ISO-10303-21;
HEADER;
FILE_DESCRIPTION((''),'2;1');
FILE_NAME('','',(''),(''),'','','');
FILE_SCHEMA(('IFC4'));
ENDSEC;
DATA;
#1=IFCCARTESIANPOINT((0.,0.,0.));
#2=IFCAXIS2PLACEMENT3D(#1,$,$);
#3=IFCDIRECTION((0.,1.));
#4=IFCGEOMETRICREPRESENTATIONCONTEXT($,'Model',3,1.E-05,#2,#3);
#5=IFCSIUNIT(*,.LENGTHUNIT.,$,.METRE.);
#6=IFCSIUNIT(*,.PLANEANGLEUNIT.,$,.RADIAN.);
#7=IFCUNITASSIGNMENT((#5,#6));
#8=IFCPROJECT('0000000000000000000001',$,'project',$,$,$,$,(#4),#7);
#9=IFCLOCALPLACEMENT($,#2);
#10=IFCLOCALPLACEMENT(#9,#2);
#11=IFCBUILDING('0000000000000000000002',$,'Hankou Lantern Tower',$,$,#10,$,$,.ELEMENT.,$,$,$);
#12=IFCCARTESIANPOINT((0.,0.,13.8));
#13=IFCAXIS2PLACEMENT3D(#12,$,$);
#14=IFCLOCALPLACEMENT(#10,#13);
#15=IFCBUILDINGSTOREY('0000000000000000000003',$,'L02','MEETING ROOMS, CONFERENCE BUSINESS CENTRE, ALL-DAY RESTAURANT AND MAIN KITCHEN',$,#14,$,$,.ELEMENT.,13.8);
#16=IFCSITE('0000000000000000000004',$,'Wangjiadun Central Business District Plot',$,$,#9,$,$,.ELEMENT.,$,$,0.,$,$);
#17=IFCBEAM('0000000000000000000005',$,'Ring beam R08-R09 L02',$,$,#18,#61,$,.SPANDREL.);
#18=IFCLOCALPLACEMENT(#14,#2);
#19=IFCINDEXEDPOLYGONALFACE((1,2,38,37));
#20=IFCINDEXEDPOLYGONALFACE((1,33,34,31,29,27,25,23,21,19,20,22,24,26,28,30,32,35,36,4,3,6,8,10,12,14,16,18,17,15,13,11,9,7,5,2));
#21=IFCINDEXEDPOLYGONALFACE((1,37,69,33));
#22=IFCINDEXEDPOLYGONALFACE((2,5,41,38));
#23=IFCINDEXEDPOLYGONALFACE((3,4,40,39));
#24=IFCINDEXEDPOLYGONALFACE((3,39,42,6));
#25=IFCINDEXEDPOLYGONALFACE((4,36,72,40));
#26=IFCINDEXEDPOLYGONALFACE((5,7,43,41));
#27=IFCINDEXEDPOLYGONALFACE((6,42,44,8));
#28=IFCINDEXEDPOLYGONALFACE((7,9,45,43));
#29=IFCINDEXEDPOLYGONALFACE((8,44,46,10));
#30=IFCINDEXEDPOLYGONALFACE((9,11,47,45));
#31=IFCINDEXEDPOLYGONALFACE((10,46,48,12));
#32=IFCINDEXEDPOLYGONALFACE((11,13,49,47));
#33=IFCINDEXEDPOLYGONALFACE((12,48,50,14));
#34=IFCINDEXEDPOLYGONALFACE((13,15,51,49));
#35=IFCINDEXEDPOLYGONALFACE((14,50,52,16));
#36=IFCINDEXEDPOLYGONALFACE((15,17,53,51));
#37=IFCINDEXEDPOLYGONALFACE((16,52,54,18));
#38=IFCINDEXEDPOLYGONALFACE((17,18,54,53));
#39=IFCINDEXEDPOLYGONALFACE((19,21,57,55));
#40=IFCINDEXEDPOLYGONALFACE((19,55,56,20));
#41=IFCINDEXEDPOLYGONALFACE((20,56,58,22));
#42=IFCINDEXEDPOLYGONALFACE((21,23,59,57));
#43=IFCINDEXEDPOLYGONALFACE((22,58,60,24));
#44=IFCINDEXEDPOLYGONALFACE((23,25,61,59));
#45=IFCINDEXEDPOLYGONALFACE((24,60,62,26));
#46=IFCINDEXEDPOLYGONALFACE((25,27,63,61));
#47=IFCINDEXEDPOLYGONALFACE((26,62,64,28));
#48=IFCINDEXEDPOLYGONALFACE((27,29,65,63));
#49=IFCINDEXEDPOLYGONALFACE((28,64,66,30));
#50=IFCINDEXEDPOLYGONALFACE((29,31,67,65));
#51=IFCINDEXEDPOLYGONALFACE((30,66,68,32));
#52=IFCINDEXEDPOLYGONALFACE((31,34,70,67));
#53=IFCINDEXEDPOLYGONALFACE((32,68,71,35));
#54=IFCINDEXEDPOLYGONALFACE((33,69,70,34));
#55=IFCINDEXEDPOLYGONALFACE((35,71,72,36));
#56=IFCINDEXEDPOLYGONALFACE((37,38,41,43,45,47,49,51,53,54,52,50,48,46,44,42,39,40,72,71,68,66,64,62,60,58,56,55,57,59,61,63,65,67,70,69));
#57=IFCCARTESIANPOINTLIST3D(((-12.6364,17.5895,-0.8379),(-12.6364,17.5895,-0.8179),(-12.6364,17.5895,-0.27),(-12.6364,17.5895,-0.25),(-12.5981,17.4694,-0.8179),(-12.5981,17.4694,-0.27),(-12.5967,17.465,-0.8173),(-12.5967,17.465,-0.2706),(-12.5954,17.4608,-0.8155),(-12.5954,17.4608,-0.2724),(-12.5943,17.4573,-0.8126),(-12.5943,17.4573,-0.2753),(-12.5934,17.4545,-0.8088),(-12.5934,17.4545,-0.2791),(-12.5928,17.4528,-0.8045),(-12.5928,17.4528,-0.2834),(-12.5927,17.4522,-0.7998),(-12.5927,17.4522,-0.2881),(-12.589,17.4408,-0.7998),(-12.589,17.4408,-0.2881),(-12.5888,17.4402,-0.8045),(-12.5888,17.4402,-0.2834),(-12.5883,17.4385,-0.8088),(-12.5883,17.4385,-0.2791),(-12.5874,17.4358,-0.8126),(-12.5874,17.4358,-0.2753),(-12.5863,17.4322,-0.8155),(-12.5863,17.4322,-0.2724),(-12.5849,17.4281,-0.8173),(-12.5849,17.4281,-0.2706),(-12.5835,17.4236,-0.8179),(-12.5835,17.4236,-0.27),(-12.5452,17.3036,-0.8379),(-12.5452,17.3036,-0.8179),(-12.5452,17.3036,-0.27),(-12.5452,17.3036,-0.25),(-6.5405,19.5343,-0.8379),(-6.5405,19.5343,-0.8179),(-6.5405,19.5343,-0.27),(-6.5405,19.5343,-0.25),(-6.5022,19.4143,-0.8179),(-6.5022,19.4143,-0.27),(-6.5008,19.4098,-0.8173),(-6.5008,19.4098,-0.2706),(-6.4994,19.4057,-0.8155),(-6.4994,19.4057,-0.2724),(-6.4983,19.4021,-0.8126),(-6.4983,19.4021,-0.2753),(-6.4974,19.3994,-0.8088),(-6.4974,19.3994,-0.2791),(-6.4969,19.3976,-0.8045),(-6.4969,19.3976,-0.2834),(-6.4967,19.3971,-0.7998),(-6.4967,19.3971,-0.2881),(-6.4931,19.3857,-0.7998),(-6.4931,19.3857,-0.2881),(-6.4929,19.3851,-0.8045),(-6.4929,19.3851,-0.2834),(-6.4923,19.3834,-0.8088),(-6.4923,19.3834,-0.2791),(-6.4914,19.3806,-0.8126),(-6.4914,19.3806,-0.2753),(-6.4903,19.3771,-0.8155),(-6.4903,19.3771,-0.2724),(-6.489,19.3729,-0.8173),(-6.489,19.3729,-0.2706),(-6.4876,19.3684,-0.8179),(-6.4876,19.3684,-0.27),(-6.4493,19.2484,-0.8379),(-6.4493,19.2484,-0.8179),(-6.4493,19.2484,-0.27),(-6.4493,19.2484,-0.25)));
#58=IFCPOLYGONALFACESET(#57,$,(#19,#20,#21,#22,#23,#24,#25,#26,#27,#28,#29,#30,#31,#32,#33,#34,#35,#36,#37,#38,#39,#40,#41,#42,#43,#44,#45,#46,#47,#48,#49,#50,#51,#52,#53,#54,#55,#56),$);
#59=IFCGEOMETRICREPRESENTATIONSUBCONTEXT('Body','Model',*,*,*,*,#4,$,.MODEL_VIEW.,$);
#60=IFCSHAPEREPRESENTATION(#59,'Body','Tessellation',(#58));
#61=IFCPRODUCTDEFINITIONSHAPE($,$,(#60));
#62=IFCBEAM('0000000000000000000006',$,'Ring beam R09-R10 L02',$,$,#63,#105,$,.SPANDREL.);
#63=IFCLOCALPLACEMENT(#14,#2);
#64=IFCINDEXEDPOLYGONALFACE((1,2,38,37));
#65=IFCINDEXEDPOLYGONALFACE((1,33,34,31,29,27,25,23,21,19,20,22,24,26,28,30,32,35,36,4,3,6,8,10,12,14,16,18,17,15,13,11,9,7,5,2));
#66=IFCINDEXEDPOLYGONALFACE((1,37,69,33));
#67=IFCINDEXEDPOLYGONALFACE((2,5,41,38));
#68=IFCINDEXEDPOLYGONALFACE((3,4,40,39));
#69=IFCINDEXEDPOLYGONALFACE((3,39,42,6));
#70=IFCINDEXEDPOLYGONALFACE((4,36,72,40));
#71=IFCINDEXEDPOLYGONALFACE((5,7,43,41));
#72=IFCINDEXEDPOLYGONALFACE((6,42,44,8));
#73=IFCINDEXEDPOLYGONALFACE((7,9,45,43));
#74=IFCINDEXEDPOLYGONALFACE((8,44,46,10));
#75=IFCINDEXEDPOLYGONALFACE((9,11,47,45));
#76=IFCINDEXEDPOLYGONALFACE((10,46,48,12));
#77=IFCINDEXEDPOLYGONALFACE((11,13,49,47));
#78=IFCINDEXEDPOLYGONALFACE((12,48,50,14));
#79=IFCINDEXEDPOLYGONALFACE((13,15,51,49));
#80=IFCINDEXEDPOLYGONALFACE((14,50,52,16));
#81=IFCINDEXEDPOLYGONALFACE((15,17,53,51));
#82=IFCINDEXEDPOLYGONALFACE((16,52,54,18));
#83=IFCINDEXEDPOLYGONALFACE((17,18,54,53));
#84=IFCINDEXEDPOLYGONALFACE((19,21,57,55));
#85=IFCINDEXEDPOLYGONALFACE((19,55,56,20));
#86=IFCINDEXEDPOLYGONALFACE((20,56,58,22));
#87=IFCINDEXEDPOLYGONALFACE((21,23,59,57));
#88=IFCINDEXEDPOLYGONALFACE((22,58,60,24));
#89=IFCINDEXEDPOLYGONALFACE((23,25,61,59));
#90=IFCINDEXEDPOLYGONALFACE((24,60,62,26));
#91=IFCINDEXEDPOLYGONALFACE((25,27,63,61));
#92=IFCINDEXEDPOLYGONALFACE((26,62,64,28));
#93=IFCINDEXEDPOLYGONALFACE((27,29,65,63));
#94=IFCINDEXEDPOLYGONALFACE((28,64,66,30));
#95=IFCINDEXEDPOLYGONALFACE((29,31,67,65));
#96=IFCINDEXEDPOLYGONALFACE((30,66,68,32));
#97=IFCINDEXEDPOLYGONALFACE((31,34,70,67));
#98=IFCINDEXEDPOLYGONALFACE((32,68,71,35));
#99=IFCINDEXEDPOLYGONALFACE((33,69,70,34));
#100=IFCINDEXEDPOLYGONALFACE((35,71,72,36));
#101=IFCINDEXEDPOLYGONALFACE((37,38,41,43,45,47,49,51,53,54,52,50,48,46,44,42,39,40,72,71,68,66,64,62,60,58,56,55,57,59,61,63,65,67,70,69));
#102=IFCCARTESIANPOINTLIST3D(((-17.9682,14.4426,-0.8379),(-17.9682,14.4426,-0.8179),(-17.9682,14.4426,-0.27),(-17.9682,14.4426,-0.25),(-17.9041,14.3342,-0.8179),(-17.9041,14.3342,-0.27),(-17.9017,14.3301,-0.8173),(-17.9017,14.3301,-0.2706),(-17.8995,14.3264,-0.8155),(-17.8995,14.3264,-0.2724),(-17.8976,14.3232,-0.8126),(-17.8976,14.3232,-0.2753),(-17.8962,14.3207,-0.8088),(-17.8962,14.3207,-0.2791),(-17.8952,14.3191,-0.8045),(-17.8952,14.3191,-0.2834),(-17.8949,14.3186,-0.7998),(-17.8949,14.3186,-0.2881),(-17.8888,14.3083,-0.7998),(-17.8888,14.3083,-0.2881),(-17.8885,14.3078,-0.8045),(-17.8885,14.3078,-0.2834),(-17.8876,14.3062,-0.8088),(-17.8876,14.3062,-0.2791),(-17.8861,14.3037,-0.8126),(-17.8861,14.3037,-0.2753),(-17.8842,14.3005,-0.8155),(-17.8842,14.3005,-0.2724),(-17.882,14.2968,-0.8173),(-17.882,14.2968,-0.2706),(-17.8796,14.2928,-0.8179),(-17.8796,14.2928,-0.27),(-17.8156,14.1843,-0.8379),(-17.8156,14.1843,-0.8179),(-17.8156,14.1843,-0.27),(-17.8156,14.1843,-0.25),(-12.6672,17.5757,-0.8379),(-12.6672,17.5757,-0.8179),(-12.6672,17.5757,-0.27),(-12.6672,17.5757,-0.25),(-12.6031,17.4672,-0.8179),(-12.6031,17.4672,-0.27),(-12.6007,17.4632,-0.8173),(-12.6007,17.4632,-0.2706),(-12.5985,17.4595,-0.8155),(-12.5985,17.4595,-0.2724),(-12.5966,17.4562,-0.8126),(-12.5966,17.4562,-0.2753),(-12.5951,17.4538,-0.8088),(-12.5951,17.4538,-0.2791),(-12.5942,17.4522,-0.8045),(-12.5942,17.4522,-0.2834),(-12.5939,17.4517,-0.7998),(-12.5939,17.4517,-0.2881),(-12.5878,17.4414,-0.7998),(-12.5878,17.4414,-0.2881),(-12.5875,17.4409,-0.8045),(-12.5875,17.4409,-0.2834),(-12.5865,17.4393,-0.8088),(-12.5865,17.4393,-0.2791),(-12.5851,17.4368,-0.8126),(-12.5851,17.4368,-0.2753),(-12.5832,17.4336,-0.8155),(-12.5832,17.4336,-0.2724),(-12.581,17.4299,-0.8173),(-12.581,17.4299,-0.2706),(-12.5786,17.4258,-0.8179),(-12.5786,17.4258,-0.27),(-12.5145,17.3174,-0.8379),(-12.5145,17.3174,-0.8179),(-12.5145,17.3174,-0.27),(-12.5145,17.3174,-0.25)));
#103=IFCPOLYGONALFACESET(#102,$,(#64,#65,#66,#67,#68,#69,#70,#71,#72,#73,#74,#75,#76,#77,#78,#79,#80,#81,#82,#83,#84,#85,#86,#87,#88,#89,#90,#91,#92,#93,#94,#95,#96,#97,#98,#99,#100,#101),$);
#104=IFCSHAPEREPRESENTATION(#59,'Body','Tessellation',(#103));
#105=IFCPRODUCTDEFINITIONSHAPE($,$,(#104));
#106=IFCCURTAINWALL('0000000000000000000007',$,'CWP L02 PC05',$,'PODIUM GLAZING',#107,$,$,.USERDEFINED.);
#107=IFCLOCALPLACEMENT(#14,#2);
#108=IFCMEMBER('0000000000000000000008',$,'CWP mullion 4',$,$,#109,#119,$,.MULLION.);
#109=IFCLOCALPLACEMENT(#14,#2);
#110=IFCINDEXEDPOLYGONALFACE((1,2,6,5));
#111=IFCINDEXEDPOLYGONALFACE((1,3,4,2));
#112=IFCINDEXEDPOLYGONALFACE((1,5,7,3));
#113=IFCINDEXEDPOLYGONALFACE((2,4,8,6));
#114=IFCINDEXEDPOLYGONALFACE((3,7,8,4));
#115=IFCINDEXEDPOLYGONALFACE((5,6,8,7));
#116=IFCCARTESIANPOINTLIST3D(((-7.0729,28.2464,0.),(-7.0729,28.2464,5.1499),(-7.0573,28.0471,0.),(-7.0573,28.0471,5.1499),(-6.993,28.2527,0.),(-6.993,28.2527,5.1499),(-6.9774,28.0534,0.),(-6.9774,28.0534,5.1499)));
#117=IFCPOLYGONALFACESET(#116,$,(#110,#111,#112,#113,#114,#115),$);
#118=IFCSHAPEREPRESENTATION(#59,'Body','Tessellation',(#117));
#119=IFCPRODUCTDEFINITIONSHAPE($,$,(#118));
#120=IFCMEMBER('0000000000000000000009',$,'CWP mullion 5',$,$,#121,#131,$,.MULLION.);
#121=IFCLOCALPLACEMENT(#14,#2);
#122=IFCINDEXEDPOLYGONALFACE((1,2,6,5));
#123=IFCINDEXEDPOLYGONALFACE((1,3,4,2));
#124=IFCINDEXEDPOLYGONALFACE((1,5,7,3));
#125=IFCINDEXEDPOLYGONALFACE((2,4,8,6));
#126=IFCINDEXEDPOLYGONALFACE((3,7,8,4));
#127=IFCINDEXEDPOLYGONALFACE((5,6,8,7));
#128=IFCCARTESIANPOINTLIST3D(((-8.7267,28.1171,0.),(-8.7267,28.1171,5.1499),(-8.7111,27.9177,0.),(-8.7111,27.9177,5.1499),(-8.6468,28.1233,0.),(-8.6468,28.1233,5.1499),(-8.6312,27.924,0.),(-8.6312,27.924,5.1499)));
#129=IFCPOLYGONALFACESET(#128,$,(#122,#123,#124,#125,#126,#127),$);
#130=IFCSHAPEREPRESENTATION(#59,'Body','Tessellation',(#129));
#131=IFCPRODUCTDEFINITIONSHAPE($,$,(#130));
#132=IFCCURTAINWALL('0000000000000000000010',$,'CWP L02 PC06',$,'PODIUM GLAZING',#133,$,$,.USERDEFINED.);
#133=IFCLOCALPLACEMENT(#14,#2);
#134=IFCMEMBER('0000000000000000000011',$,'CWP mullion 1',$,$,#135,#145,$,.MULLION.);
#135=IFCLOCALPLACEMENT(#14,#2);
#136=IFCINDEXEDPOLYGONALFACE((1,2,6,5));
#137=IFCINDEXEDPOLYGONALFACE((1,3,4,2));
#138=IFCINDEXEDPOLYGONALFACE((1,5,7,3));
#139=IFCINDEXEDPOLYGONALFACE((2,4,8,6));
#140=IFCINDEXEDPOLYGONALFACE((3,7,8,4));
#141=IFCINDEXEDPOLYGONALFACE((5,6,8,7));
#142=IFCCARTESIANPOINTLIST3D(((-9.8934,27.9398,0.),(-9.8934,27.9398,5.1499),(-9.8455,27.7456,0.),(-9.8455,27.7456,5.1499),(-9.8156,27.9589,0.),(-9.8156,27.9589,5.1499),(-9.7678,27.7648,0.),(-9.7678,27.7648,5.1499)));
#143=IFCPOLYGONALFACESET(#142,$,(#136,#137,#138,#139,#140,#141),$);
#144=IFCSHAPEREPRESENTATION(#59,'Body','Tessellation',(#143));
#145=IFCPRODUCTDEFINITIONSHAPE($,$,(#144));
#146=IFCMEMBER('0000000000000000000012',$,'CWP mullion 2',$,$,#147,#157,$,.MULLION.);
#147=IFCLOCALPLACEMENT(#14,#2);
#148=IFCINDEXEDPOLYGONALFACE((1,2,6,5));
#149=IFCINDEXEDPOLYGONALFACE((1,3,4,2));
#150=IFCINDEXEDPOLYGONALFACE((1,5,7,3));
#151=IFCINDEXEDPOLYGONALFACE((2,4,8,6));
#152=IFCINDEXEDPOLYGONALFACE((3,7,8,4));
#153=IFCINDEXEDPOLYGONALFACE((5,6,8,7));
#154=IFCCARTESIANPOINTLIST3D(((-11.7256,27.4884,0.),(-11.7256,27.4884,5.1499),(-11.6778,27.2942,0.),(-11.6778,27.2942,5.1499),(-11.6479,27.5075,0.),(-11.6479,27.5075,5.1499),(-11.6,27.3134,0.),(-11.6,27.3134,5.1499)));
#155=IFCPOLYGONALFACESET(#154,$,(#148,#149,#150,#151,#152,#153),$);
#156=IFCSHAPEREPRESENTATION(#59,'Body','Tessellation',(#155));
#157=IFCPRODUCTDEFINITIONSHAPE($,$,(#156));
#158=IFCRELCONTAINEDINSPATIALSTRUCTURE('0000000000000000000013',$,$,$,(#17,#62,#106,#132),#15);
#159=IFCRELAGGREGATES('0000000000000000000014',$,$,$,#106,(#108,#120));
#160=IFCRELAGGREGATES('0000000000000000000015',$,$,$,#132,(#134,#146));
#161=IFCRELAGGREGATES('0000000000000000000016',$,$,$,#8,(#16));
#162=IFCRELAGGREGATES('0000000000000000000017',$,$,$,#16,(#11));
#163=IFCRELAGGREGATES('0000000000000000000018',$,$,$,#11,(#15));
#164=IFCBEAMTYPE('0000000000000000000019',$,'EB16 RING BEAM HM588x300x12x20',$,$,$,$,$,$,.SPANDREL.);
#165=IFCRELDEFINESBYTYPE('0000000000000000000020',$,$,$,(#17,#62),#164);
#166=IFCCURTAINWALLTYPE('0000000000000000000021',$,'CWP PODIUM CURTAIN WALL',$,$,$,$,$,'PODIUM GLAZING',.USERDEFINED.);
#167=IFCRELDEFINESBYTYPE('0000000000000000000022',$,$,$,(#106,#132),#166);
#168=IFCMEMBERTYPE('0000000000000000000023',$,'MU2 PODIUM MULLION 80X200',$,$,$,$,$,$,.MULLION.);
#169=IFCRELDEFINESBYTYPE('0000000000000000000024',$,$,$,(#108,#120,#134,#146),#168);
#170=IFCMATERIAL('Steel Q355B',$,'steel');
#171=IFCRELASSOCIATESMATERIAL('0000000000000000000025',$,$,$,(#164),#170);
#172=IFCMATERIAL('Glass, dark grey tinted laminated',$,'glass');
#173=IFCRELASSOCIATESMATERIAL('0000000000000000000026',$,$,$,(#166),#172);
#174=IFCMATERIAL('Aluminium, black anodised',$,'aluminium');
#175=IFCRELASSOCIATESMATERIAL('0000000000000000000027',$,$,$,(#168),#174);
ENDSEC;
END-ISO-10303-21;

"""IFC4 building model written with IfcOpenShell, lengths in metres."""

from ifc_helpers import new_model, si_unit, direction, frame, origin, origin_2d, place, context, subcontext, project, spatial, rectangle, i_section, extrude, material, material_profile, profile_set, type_object, element, aggregate, save


model = new_model("IFC4")

# Units and contexts
model_context = context("Model", 3, precision=1e-05, world=origin(), true_north=direction((0.0, 1.0)))
body_context = subcontext(model_context, "Body", "Model", "MODEL_VIEW")
ifc_project = project(units=[si_unit("LENGTHUNIT", "METRE"), si_unit("PLANEANGLEUNIT", "RADIAN")], contexts=[model_context])

# Site, building, storey
site_placement = place(None, origin())
site = spatial("IfcSite", under=ifc_project, at=site_placement, Name="Wangjiadun Central Business District Plot", CompositionType="ELEMENT", RefElevation=0.0)
building_placement = place(site_placement, origin())
building = spatial("IfcBuilding", under=site, at=building_placement, Name="Hankou Lantern Tower", CompositionType="ELEMENT")
storey_placement = place(building_placement, frame((0.0, 0.0, 13.8)))
storey = spatial("IfcBuildingStorey", under=building, at=storey_placement, Name="L02", Description="MEETING ROOMS, CONFERENCE BUSINESS CENTRE, ALL-DAY RESTAURANT AND MAIN KITCHEN", CompositionType="ELEMENT", Elevation=13.8)

# Beams
ifc_material_1 = material(Name="Steel Q355B", Category="steel")
ifc_material_profile_1 = material_profile(ifc_material_1, i_section(OverallWidth=0.3, OverallDepth=0.5879, WebThickness=0.012, FlangeThickness=0.02, FilletRadius=0.0181, at=origin_2d()), Name="HM588x300x12x20")
ifc_profile_set_1 = profile_set([ifc_material_profile_1], Name="Steel Q355B")
beam_type_1 = type_object("IfcBeamType", Name="EB16 RING BEAM HM588x300x12x20", PredefinedType="SPANDREL", material=ifc_profile_set_1)
beam_1_placement = place(storey_placement, frame((-6.4949, 19.3914, -0.5439), z_axis=(-0.95269, -0.303942, 0.0), x_axis=(0.303942, -0.95269, 0.0)))
element("IfcBeam", 1, at=beam_1_placement, inside=storey, type_object=beam_type_1, Name="Ring beam R08-R09 L02", PredefinedType="SPANDREL", context=body_context, shape_type="SweptSolid", body=[
    extrude(i_section(OverallWidth=0.3, OverallDepth=0.5879, WebThickness=0.012, FlangeThickness=0.02, FilletRadius=0.0181, at=origin_2d()), origin(), (0.0, 0.0, 1.0), 6.3987),
])
beam_2_placement = place(storey_placement, frame((-12.5908, 17.4465, -0.5439), z_axis=(-0.860882, -0.508805, 0.0), x_axis=(0.508805, -0.860882, 0.0)))
element("IfcBeam", 2, at=beam_2_placement, inside=storey, type_object=beam_type_1, Name="Ring beam R09-R10 L02", PredefinedType="SPANDREL", context=body_context, shape_type="SweptSolid", body=[
    extrude(i_section(OverallWidth=0.3, OverallDepth=0.5879, WebThickness=0.012, FlangeThickness=0.02, FilletRadius=0.0181, at=origin_2d()), origin(), (0.0, 0.0, 1.0), 6.1577),
])

# Curtain walls, members
ifc_material_2 = material(Name="Glass, dark grey tinted laminated", Category="glass")
curtain_wall_type = type_object("IfcCurtainWallType", Name="CWP PODIUM CURTAIN WALL", ElementType="PODIUM GLAZING", PredefinedType="USERDEFINED", material=ifc_material_2)
curtain_wall_1_placement = place(storey_placement, origin())
curtain_wall_1 = element("IfcCurtainWall", 3, at=curtain_wall_1_placement, inside=storey, type_object=curtain_wall_type, Name="CWP L02 PC05", ObjectType="PODIUM GLAZING", PredefinedType="USERDEFINED")
ifc_material_3 = material(Name="Aluminium, black anodised", Category="aluminium")
ifc_material_profile_2 = material_profile(ifc_material_3, rectangle(XDim=0.0801, YDim=0.2, at=origin_2d()), Name="MU2 80X200")
ifc_profile_set_2 = profile_set([ifc_material_profile_2], Name="Aluminium, black anodised")
member_type_1 = type_object("IfcMemberType", Name="MU2 PODIUM MULLION 80X200", PredefinedType="MULLION", material=ifc_profile_set_2)
member_1_placement = place(storey_placement, frame((-7.0251, 28.1499, 0.0), z_axis=(0.0, 0.0, 1.0), x_axis=(-0.996949, -0.078062, 0.0)))
member_1 = element("IfcMember", 4, at=member_1_placement, type_object=member_type_1, Name="CWP mullion 4", PredefinedType="MULLION", context=body_context, shape_type="SweptSolid", body=[
    extrude(rectangle(XDim=0.0801, YDim=0.2, at=origin_2d()), origin(), (0.0, 0.0, 1.0), 5.1499),
])
member_2_placement = place(storey_placement, frame((-8.679, 28.0205, 0.0), z_axis=(0.0, 0.0, 1.0), x_axis=(-0.996949, -0.078062, 0.0)))
member_2 = element("IfcMember", 5, at=member_2_placement, type_object=member_type_1, Name="CWP mullion 5", PredefinedType="MULLION", context=body_context, shape_type="SweptSolid", body=[
    extrude(rectangle(XDim=0.0801, YDim=0.2, at=origin_2d()), origin(), (0.0, 0.0, 1.0), 5.1499),
])
curtain_wall_2_placement = place(storey_placement, origin())
curtain_wall_2 = element("IfcCurtainWall", 6, at=curtain_wall_2_placement, inside=storey, type_object=curtain_wall_type, Name="CWP L02 PC06", ObjectType="PODIUM GLAZING", PredefinedType="USERDEFINED")
member_3_placement = place(storey_placement, frame((-9.8306, 27.8523, 0.0), z_axis=(0.0, 0.0, 1.0), x_axis=(-0.970961, -0.239238, 0.0)))
member_3 = element("IfcMember", 7, at=member_3_placement, type_object=member_type_1, Name="CWP mullion 1", PredefinedType="MULLION", context=body_context, shape_type="SweptSolid", body=[
    extrude(rectangle(XDim=0.0801, YDim=0.2, at=origin_2d()), origin(), (0.0, 0.0, 1.0), 5.1499),
])
member_4_placement = place(storey_placement, frame((-11.6628, 27.4009, 0.0), z_axis=(0.0, 0.0, 1.0), x_axis=(-0.970961, -0.239238, 0.0)))
member_4 = element("IfcMember", 8, at=member_4_placement, type_object=member_type_1, Name="CWP mullion 2", PredefinedType="MULLION", context=body_context, shape_type="SweptSolid", body=[
    extrude(rectangle(XDim=0.0801, YDim=0.2, at=origin_2d()), origin(), (0.0, 0.0, 1.0), 5.1499),
])

aggregate(curtain_wall_1, [member_1, member_2])
aggregate(curtain_wall_2, [member_3, member_4])

save(model, "model.ifc")
